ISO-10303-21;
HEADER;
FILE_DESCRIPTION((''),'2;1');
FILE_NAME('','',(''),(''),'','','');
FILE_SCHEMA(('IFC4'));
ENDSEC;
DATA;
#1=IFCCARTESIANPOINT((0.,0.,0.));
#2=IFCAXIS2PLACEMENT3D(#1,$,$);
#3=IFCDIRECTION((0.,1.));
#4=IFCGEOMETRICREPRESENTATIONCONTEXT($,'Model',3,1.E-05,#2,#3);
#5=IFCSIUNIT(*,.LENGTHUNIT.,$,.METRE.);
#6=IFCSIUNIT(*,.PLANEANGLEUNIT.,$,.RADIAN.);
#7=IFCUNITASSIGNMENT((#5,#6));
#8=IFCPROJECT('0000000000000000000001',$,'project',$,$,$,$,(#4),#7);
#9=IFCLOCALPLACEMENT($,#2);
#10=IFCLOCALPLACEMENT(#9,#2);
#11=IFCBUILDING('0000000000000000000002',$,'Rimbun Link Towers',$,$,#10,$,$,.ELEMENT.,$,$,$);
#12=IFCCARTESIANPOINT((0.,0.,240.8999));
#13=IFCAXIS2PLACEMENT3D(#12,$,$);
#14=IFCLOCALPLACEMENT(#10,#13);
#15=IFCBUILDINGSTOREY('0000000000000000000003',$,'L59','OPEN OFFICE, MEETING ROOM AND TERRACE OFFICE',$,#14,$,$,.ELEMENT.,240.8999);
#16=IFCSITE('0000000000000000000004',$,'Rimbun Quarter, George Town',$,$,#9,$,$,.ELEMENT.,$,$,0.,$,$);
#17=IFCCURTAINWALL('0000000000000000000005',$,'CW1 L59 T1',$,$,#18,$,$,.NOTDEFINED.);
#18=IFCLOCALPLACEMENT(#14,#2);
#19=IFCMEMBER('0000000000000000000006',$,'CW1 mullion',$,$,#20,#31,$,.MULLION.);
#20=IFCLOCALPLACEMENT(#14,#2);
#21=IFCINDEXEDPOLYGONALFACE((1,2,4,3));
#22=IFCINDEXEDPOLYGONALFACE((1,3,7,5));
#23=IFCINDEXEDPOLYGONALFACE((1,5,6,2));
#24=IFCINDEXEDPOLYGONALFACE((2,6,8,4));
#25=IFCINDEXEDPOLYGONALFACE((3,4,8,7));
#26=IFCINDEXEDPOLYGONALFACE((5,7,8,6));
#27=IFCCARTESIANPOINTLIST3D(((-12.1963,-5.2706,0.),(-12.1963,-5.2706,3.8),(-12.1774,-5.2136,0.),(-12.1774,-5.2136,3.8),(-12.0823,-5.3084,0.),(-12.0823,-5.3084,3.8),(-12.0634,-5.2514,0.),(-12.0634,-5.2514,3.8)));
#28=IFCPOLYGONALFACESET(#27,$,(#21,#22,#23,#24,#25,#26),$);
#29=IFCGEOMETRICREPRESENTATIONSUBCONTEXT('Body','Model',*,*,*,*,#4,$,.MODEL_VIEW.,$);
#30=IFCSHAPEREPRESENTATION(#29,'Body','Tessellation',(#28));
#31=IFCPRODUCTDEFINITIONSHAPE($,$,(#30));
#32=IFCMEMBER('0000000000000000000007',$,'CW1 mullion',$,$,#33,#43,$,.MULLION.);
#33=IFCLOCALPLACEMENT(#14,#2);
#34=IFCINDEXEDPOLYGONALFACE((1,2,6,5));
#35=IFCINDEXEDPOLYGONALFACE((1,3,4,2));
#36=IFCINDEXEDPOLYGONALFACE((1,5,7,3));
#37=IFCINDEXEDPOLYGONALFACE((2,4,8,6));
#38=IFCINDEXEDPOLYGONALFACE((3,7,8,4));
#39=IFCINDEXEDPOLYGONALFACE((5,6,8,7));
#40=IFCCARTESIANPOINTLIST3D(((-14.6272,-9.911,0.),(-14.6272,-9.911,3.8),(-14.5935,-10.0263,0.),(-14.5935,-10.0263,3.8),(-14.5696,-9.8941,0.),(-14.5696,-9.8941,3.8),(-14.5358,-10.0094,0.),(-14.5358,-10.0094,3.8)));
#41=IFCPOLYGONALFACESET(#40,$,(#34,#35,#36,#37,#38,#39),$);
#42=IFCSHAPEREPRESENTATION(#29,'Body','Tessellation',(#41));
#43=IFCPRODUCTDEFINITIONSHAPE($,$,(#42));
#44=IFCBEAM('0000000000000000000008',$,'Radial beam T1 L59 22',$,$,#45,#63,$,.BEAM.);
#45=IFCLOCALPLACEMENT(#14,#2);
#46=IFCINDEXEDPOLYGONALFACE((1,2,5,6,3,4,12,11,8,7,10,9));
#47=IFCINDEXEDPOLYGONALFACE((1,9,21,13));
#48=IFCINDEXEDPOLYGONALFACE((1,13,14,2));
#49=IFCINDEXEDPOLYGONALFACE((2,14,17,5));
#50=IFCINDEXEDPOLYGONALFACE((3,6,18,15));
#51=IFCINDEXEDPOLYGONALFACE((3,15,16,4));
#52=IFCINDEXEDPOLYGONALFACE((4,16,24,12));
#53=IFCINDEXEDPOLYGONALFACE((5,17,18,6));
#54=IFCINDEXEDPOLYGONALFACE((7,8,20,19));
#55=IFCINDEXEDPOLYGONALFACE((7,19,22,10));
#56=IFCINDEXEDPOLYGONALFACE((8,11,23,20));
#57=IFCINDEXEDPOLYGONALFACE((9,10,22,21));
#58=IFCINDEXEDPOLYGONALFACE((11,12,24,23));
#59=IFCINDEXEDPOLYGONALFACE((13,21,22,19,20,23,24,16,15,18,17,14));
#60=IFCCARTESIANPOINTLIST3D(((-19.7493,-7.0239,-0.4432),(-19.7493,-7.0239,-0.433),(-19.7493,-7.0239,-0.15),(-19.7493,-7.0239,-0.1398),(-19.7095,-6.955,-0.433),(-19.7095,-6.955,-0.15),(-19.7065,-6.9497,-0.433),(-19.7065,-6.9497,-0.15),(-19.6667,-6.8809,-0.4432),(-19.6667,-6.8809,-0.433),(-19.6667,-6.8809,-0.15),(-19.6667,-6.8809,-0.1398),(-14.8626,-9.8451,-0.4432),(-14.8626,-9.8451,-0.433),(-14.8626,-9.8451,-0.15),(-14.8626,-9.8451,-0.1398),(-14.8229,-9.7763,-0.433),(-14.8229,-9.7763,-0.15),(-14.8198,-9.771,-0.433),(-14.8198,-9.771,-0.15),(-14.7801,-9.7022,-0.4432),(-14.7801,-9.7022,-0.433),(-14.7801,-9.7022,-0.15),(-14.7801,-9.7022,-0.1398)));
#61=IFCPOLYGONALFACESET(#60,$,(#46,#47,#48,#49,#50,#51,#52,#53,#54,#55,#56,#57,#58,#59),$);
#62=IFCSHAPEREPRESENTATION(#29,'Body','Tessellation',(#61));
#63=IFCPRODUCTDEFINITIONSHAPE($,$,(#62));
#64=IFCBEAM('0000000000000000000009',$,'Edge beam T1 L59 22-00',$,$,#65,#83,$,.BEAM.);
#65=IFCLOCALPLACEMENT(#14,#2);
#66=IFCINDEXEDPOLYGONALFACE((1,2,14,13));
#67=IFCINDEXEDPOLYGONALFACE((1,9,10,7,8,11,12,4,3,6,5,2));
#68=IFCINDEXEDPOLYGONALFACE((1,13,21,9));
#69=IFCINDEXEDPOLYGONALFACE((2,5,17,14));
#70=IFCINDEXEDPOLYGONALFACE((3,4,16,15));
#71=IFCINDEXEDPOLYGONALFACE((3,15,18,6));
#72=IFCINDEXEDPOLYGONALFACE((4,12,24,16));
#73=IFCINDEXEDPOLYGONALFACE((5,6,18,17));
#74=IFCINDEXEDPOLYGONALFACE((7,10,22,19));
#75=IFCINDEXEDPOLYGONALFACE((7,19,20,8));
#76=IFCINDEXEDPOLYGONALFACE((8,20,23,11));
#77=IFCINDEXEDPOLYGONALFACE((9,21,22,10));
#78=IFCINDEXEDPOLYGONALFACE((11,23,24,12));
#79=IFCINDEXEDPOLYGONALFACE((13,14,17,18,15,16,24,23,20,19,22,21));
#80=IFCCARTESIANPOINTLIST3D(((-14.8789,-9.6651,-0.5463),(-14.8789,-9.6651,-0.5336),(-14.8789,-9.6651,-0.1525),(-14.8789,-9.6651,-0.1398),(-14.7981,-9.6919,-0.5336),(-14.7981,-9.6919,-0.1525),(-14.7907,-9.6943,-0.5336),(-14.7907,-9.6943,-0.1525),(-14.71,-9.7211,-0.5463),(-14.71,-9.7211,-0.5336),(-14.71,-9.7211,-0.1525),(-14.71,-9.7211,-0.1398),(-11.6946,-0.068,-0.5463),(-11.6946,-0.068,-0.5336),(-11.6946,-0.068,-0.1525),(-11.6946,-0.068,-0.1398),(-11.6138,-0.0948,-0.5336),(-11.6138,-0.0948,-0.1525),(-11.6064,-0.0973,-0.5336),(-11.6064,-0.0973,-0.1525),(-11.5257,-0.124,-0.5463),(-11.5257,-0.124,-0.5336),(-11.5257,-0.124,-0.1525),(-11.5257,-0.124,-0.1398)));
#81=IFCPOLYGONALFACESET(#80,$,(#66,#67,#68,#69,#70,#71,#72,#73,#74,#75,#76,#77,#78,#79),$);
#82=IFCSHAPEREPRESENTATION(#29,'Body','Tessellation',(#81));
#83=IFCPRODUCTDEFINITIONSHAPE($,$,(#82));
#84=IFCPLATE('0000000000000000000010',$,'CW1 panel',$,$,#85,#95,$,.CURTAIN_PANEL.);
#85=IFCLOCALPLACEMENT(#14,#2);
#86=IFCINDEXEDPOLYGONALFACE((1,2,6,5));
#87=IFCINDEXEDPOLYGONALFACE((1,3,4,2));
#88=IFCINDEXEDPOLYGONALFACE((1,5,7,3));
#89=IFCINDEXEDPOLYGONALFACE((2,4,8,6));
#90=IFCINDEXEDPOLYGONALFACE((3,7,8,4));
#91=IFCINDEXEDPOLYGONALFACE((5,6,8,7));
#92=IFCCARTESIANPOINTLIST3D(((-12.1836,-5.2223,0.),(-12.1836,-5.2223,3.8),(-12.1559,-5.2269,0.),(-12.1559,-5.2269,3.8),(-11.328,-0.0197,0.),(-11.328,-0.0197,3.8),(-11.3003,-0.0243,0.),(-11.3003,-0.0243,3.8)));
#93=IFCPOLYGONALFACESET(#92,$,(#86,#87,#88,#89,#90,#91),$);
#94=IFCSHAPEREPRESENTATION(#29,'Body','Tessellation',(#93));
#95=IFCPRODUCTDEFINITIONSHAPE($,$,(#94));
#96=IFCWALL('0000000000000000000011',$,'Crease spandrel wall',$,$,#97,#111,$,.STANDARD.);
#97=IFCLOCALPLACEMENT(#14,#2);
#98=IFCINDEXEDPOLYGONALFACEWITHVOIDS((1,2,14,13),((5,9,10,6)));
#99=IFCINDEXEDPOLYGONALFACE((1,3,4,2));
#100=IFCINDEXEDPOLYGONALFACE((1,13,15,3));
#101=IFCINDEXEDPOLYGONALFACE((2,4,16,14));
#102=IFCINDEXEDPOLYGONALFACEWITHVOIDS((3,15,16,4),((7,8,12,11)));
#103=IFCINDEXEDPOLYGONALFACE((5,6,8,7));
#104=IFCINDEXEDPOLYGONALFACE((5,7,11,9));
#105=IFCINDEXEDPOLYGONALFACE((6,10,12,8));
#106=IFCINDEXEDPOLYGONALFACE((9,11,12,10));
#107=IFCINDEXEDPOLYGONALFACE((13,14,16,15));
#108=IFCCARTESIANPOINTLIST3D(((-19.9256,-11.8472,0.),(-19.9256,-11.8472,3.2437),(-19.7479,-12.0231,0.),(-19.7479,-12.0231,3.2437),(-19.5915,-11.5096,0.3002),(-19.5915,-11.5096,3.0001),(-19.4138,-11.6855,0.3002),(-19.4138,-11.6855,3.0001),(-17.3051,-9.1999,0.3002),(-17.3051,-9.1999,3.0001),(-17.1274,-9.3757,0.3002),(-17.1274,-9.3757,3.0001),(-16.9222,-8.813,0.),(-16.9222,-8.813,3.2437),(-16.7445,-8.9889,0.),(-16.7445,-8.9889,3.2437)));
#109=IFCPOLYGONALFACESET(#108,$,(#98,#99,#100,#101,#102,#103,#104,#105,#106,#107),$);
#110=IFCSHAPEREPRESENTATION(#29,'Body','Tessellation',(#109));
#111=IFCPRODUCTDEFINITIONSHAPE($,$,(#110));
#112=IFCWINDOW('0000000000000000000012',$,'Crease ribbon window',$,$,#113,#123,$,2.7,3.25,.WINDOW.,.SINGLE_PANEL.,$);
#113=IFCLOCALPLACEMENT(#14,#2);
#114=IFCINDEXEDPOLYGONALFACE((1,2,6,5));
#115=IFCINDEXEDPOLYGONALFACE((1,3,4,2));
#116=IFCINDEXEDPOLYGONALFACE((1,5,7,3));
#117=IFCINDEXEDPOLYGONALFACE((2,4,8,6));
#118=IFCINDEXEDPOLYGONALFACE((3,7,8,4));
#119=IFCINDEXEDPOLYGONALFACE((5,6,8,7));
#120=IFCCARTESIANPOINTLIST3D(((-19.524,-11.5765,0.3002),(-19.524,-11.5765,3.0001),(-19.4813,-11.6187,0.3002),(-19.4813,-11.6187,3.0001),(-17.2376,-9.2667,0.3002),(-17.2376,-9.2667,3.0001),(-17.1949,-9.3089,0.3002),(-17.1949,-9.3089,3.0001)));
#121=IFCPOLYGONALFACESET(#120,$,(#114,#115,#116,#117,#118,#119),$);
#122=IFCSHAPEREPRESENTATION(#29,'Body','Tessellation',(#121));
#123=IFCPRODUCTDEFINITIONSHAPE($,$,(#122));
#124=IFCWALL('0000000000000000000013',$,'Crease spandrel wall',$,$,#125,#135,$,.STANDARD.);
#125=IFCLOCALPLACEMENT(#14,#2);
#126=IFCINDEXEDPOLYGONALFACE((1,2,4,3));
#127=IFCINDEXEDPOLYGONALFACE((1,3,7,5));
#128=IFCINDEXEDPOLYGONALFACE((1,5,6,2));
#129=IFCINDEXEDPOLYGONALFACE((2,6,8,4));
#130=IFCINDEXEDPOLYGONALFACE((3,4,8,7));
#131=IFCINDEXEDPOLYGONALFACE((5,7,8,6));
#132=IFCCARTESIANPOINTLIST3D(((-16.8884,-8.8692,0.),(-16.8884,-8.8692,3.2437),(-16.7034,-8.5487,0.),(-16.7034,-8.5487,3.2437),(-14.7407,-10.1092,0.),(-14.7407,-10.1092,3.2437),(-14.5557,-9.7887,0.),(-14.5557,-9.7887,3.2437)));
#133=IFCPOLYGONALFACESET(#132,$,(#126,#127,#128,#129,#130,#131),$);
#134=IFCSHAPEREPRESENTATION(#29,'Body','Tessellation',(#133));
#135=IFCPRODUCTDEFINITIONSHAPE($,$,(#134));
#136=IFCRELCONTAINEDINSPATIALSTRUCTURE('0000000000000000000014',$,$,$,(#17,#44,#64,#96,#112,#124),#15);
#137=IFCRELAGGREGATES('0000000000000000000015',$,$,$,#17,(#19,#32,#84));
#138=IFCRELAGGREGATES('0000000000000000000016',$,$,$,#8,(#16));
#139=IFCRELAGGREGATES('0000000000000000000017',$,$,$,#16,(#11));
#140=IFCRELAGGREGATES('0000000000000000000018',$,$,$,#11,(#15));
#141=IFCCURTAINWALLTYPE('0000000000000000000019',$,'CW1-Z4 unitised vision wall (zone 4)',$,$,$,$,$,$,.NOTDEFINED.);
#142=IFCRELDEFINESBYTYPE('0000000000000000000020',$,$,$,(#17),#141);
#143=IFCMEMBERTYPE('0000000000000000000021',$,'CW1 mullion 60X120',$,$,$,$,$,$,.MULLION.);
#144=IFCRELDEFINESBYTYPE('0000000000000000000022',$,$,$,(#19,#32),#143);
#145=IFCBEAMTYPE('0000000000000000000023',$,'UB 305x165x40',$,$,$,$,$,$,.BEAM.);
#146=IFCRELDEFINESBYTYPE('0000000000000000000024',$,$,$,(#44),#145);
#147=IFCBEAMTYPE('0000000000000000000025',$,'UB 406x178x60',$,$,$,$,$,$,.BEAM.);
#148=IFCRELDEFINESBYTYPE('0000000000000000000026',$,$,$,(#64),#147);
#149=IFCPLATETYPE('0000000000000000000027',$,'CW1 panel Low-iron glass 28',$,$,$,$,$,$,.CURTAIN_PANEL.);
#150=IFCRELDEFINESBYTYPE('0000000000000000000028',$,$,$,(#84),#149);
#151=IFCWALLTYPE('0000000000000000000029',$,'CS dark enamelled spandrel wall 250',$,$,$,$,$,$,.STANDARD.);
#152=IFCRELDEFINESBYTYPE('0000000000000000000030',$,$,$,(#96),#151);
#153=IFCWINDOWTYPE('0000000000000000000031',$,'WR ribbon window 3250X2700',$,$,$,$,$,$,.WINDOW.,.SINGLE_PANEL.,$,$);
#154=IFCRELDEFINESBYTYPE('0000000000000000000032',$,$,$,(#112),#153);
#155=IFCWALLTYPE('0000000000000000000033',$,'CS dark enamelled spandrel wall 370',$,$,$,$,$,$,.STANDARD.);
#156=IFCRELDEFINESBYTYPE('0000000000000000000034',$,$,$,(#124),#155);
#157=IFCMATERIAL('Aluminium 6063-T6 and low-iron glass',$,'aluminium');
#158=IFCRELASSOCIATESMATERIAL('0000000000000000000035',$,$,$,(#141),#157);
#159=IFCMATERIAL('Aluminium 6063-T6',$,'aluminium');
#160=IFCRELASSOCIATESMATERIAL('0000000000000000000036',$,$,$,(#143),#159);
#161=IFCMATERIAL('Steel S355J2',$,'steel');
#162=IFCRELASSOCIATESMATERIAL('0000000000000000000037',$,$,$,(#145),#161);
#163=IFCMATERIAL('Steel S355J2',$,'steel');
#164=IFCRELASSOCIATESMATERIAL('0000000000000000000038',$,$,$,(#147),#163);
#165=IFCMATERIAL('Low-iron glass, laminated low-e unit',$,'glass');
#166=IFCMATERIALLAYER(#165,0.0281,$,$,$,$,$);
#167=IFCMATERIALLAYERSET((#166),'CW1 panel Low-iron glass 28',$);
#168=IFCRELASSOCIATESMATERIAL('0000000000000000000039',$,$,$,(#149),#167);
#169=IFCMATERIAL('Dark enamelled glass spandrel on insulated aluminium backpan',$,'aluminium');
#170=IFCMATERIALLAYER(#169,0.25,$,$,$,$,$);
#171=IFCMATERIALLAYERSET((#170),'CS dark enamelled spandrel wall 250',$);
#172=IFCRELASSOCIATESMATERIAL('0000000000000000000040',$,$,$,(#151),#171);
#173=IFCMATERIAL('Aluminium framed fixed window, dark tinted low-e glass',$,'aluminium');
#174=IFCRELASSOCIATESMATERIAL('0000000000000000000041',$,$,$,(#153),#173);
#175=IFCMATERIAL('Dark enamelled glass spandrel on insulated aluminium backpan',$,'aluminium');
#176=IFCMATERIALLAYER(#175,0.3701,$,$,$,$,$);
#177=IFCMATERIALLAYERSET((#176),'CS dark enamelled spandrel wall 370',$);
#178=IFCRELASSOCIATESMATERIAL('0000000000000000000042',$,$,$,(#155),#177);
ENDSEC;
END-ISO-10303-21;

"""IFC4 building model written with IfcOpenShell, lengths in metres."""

from ifc_helpers import new_model, si_unit, direction, frame, frame_2d, origin, origin_2d, place, context, subcontext, project, spatial, rectangle, i_section, extrude, material, layer, layer_set, material_profile, profile_set, type_object, element, fill, aggregate, save


model = new_model("IFC4")

# Units and contexts
model_context = context("Model", 3, precision=1e-05, world=origin(), true_north=direction((0.0, 1.0)))
body_context = subcontext(model_context, "Body", "Model", "MODEL_VIEW")
ifc_project = project(units=[si_unit("LENGTHUNIT", "METRE"), si_unit("PLANEANGLEUNIT", "RADIAN")], contexts=[model_context])

# Site, building, storey
site_placement = place(None, origin())
site = spatial("IfcSite", under=ifc_project, at=site_placement, Name="Rimbun Quarter, George Town", CompositionType="ELEMENT", RefElevation=0.0)
building_placement = place(site_placement, origin())
building = spatial("IfcBuilding", under=site, at=building_placement, Name="Rimbun Link Towers", CompositionType="ELEMENT")
storey_placement = place(building_placement, frame((0.0, 0.0, 240.8999)))
storey = spatial("IfcBuildingStorey", under=building, at=storey_placement, Name="L59", Description="OPEN OFFICE, MEETING ROOM AND TERRACE OFFICE", CompositionType="ELEMENT", Elevation=240.8999)

# Curtain wall, members
ifc_material_1 = material(Name="Aluminium 6063-T6 and low-iron glass", Category="aluminium")
curtain_wall_type = type_object("IfcCurtainWallType", Name="CW1-Z4 unitised vision wall (zone 4)", PredefinedType="NOTDEFINED", material=ifc_material_1)
curtain_wall_placement = place(storey_placement, origin())
curtain_wall = element("IfcCurtainWall", 1, at=curtain_wall_placement, inside=storey, type_object=curtain_wall_type, Name="CW1 L59 T1", PredefinedType="NOTDEFINED")
ifc_material_2 = material(Name="Aluminium 6063-T6", Category="aluminium")
ifc_material_profile_1 = material_profile(ifc_material_2, rectangle(XDim=0.1201, YDim=0.0601, at=origin_2d()), Name="MULLION 60X120")
ifc_profile_set_1 = profile_set([ifc_material_profile_1], Name="Aluminium 6063-T6")
member_type_1 = type_object("IfcMemberType", Name="CW1 mullion 60X120", PredefinedType="MULLION", material=ifc_profile_set_1)
member_1_placement = place(storey_placement, frame((-12.1299, -5.261, 0.0), z_axis=(0.0, 0.0, 1.0), x_axis=(0.949161, -0.31479, 0.0)))
member_1 = element("IfcMember", 2, at=member_1_placement, type_object=member_type_1, Name="CW1 mullion", PredefinedType="MULLION", context=body_context, shape_type="SweptSolid", body=[
    extrude(rectangle(XDim=0.1201, YDim=0.0601, at=origin_2d()), origin(), (0.0, 0.0, 1.0), 3.8),
])
member_2_placement = place(storey_placement, frame((-14.5815, -9.9602, 0.0), z_axis=(0.0, 0.0, 1.0), x_axis=(0.281012, -0.959704, 0.0)))
member_2 = element("IfcMember", 3, at=member_2_placement, type_object=member_type_1, Name="CW1 mullion", PredefinedType="MULLION", context=body_context, shape_type="SweptSolid", body=[
    extrude(rectangle(XDim=0.1201, YDim=0.0601, at=origin_2d()), origin(), (0.0, 0.0, 1.0), 3.8),
])

# Beams
ifc_material_3 = material(Name="Steel S355J2", Category="steel")
ifc_material_profile_2 = material_profile(ifc_material_3, i_section(OverallWidth=0.165, OverallDepth=0.3035, WebThickness=0.0061, FlangeThickness=0.0103, at=origin_2d()), Name="UB 305x165x40")
ifc_profile_set_2 = profile_set([ifc_material_profile_2], Name="Steel S355J2")
beam_type_1 = type_object("IfcBeamType", Name="UB 305x165x40", PredefinedType="BEAM", material=ifc_profile_set_2)
beam_1_placement = place(storey_placement, frame((-19.708, -6.9524, -0.2915), z_axis=(0.86603, -0.499992, 0.0), x_axis=(0.499992, 0.86603, 0.0)))
element("IfcBeam", 4, at=beam_1_placement, inside=storey, type_object=beam_type_1, Name="Radial beam T1 L59 22", PredefinedType="BEAM", context=body_context, shape_type="SweptSolid", body=[
    extrude(i_section(OverallWidth=0.165, OverallDepth=0.3035, WebThickness=0.0061, FlangeThickness=0.0103, at=origin_2d()), origin(), (0.0, 0.0, 1.0), 5.6426),
])
ifc_material_4 = material(Name="Steel S355J2", Category="steel")
ifc_material_profile_3 = material_profile(ifc_material_4, i_section(OverallWidth=0.178, OverallDepth=0.4065, WebThickness=0.0078, FlangeThickness=0.0127, at=origin_2d()), Name="UB 406x178x60")
ifc_profile_set_3 = profile_set([ifc_material_profile_3], Name="Steel S355J2")
beam_type_2 = type_object("IfcBeamType", Name="UB 406x178x60", PredefinedType="BEAM", material=ifc_profile_set_3)
beam_2_placement = place(storey_placement, frame((-14.7944, -9.6931, -0.343), z_axis=(0.314916, 0.949119, 0.0), x_axis=(-0.949119, 0.314916, 0.0)))
element("IfcBeam", 5, at=beam_2_placement, inside=storey, type_object=beam_type_2, Name="Edge beam T1 L59 22-00", PredefinedType="BEAM", context=body_context, shape_type="SweptSolid", body=[
    extrude(i_section(OverallWidth=0.178, OverallDepth=0.4065, WebThickness=0.0078, FlangeThickness=0.0127, at=origin_2d()), origin(), (0.0, 0.0, 1.0), 10.1116),
])

# Plate
ifc_material_5 = material(Name="Low-iron glass, laminated low-e unit", Category="glass")
ifc_layer_1 = layer(ifc_material_5, 0.0281)
ifc_layer_set_1 = layer_set([ifc_layer_1], Name="CW1 panel Low-iron glass 28")
plate_type = type_object("IfcPlateType", Name="CW1 panel Low-iron glass 28", PredefinedType="CURTAIN_PANEL", material=ifc_layer_set_1)
plate_placement = place(storey_placement, frame((-11.7419, -2.6233, 0.0), z_axis=(0.0, 0.0, 1.0), x_axis=(-0.162262, -0.986748, 0.0)))
plate = element("IfcPlate", 6, at=plate_placement, type_object=plate_type, Name="CW1 panel", PredefinedType="CURTAIN_PANEL", context=body_context, shape_type="SweptSolid", body=[
    extrude(rectangle(XDim=5.2725, YDim=0.0281, at=origin_2d()), origin(), (0.0, 0.0, 1.0), 3.8),
])
aggregate(curtain_wall, [member_1, member_2, plate])

# Wall, opening, window
ifc_material_6 = material(Name="Dark enamelled glass spandrel on insulated aluminium backpan", Category="aluminium")
ifc_layer_2 = layer(ifc_material_6, 0.25)
ifc_layer_set_2 = layer_set([ifc_layer_2], Name="CS dark enamelled spandrel wall 250")
wall_type_1 = type_object("IfcWallType", Name="CS dark enamelled spandrel wall 250", PredefinedType="STANDARD", material=ifc_layer_set_2)
wall_1_placement = place(storey_placement, frame((-16.8333, -8.9009, 0.0), z_axis=(0.0, 0.0, 1.0), x_axis=(-0.703495, -0.7107, 0.0)))
wall_1 = element("IfcWall", 7, at=wall_1_placement, inside=storey, type_object=wall_type_1, Name="Crease spandrel wall", PredefinedType="STANDARD", context=body_context, shape_type="SweptSolid", body=[
    extrude(rectangle(XDim=4.2693, YDim=0.25, at=frame_2d((2.1348, 0.0))), origin(), (0.0, 0.0, 1.0), 3.2437),
])
opening_1_placement = place(wall_1_placement, frame((0.5444, 0.0, 0.3)))
opening_1 = element("IfcOpeningElement", 8, at=opening_1_placement, cuts=wall_1, PredefinedType="OPENING", context=body_context, shape_type="SweptSolid", body=[
    extrude(rectangle(XDim=3.25, YDim=2.7, at=frame_2d((1.625, 1.3501))), frame((0.0, 0.135, 0.0), z_axis=(0.0, -1.0, 0.0), x_axis=(1.0, 0.0, 0.0)), (0.0, 0.0, 1.0), 0.27),
])
ifc_material_7 = material(Name="Aluminium framed fixed window, dark tinted low-e glass", Category="aluminium")
window_type = type_object("IfcWindowType", Name="WR ribbon window 3250X2700", PartitioningType="SINGLE_PANEL", PredefinedType="WINDOW", material=ifc_material_7)
window_placement = place(opening_1_placement, origin())
window = element("IfcWindow", 9, at=window_placement, inside=storey, type_object=window_type, Name="Crease ribbon window", OverallHeight=2.7, OverallWidth=3.25, PartitioningType="SINGLE_PANEL", PredefinedType="WINDOW", context=body_context, shape_type="SweptSolid", body=[
    extrude(rectangle(XDim=3.25, YDim=2.7, at=frame_2d((1.625, 1.3501))), frame((0.0, 0.03, 0.0), z_axis=(0.0, -1.0, 0.0), x_axis=(1.0, 0.0, 0.0)), (0.0, 0.0, 1.0), 0.0601),
])
fill(opening_1, window)

# Wall
ifc_material_8 = material(Name="Dark enamelled glass spandrel on insulated aluminium backpan", Category="aluminium")
ifc_layer_3 = layer(ifc_material_8, 0.3701)
ifc_layer_set_3 = layer_set([ifc_layer_3], Name="CS dark enamelled spandrel wall 370")
wall_type_2 = type_object("IfcWallType", Name="CS dark enamelled spandrel wall 370", PredefinedType="STANDARD", material=ifc_layer_set_3)
wall_2_placement = place(storey_placement, frame((-14.6482, -9.949, 0.0), z_axis=(0.0, 0.0, 1.0), x_axis=(-0.866023, 0.500004, 0.0)))
element("IfcWall", 10, at=wall_2_placement, inside=storey, type_object=wall_type_2, Name="Crease spandrel wall", PredefinedType="STANDARD", context=body_context, shape_type="SweptSolid", body=[
    extrude(rectangle(XDim=2.48, YDim=0.3701, at=frame_2d((1.24, 0.0))), origin(), (0.0, 0.0, 1.0), 3.2437),
])

save(model, "model.ifc")
